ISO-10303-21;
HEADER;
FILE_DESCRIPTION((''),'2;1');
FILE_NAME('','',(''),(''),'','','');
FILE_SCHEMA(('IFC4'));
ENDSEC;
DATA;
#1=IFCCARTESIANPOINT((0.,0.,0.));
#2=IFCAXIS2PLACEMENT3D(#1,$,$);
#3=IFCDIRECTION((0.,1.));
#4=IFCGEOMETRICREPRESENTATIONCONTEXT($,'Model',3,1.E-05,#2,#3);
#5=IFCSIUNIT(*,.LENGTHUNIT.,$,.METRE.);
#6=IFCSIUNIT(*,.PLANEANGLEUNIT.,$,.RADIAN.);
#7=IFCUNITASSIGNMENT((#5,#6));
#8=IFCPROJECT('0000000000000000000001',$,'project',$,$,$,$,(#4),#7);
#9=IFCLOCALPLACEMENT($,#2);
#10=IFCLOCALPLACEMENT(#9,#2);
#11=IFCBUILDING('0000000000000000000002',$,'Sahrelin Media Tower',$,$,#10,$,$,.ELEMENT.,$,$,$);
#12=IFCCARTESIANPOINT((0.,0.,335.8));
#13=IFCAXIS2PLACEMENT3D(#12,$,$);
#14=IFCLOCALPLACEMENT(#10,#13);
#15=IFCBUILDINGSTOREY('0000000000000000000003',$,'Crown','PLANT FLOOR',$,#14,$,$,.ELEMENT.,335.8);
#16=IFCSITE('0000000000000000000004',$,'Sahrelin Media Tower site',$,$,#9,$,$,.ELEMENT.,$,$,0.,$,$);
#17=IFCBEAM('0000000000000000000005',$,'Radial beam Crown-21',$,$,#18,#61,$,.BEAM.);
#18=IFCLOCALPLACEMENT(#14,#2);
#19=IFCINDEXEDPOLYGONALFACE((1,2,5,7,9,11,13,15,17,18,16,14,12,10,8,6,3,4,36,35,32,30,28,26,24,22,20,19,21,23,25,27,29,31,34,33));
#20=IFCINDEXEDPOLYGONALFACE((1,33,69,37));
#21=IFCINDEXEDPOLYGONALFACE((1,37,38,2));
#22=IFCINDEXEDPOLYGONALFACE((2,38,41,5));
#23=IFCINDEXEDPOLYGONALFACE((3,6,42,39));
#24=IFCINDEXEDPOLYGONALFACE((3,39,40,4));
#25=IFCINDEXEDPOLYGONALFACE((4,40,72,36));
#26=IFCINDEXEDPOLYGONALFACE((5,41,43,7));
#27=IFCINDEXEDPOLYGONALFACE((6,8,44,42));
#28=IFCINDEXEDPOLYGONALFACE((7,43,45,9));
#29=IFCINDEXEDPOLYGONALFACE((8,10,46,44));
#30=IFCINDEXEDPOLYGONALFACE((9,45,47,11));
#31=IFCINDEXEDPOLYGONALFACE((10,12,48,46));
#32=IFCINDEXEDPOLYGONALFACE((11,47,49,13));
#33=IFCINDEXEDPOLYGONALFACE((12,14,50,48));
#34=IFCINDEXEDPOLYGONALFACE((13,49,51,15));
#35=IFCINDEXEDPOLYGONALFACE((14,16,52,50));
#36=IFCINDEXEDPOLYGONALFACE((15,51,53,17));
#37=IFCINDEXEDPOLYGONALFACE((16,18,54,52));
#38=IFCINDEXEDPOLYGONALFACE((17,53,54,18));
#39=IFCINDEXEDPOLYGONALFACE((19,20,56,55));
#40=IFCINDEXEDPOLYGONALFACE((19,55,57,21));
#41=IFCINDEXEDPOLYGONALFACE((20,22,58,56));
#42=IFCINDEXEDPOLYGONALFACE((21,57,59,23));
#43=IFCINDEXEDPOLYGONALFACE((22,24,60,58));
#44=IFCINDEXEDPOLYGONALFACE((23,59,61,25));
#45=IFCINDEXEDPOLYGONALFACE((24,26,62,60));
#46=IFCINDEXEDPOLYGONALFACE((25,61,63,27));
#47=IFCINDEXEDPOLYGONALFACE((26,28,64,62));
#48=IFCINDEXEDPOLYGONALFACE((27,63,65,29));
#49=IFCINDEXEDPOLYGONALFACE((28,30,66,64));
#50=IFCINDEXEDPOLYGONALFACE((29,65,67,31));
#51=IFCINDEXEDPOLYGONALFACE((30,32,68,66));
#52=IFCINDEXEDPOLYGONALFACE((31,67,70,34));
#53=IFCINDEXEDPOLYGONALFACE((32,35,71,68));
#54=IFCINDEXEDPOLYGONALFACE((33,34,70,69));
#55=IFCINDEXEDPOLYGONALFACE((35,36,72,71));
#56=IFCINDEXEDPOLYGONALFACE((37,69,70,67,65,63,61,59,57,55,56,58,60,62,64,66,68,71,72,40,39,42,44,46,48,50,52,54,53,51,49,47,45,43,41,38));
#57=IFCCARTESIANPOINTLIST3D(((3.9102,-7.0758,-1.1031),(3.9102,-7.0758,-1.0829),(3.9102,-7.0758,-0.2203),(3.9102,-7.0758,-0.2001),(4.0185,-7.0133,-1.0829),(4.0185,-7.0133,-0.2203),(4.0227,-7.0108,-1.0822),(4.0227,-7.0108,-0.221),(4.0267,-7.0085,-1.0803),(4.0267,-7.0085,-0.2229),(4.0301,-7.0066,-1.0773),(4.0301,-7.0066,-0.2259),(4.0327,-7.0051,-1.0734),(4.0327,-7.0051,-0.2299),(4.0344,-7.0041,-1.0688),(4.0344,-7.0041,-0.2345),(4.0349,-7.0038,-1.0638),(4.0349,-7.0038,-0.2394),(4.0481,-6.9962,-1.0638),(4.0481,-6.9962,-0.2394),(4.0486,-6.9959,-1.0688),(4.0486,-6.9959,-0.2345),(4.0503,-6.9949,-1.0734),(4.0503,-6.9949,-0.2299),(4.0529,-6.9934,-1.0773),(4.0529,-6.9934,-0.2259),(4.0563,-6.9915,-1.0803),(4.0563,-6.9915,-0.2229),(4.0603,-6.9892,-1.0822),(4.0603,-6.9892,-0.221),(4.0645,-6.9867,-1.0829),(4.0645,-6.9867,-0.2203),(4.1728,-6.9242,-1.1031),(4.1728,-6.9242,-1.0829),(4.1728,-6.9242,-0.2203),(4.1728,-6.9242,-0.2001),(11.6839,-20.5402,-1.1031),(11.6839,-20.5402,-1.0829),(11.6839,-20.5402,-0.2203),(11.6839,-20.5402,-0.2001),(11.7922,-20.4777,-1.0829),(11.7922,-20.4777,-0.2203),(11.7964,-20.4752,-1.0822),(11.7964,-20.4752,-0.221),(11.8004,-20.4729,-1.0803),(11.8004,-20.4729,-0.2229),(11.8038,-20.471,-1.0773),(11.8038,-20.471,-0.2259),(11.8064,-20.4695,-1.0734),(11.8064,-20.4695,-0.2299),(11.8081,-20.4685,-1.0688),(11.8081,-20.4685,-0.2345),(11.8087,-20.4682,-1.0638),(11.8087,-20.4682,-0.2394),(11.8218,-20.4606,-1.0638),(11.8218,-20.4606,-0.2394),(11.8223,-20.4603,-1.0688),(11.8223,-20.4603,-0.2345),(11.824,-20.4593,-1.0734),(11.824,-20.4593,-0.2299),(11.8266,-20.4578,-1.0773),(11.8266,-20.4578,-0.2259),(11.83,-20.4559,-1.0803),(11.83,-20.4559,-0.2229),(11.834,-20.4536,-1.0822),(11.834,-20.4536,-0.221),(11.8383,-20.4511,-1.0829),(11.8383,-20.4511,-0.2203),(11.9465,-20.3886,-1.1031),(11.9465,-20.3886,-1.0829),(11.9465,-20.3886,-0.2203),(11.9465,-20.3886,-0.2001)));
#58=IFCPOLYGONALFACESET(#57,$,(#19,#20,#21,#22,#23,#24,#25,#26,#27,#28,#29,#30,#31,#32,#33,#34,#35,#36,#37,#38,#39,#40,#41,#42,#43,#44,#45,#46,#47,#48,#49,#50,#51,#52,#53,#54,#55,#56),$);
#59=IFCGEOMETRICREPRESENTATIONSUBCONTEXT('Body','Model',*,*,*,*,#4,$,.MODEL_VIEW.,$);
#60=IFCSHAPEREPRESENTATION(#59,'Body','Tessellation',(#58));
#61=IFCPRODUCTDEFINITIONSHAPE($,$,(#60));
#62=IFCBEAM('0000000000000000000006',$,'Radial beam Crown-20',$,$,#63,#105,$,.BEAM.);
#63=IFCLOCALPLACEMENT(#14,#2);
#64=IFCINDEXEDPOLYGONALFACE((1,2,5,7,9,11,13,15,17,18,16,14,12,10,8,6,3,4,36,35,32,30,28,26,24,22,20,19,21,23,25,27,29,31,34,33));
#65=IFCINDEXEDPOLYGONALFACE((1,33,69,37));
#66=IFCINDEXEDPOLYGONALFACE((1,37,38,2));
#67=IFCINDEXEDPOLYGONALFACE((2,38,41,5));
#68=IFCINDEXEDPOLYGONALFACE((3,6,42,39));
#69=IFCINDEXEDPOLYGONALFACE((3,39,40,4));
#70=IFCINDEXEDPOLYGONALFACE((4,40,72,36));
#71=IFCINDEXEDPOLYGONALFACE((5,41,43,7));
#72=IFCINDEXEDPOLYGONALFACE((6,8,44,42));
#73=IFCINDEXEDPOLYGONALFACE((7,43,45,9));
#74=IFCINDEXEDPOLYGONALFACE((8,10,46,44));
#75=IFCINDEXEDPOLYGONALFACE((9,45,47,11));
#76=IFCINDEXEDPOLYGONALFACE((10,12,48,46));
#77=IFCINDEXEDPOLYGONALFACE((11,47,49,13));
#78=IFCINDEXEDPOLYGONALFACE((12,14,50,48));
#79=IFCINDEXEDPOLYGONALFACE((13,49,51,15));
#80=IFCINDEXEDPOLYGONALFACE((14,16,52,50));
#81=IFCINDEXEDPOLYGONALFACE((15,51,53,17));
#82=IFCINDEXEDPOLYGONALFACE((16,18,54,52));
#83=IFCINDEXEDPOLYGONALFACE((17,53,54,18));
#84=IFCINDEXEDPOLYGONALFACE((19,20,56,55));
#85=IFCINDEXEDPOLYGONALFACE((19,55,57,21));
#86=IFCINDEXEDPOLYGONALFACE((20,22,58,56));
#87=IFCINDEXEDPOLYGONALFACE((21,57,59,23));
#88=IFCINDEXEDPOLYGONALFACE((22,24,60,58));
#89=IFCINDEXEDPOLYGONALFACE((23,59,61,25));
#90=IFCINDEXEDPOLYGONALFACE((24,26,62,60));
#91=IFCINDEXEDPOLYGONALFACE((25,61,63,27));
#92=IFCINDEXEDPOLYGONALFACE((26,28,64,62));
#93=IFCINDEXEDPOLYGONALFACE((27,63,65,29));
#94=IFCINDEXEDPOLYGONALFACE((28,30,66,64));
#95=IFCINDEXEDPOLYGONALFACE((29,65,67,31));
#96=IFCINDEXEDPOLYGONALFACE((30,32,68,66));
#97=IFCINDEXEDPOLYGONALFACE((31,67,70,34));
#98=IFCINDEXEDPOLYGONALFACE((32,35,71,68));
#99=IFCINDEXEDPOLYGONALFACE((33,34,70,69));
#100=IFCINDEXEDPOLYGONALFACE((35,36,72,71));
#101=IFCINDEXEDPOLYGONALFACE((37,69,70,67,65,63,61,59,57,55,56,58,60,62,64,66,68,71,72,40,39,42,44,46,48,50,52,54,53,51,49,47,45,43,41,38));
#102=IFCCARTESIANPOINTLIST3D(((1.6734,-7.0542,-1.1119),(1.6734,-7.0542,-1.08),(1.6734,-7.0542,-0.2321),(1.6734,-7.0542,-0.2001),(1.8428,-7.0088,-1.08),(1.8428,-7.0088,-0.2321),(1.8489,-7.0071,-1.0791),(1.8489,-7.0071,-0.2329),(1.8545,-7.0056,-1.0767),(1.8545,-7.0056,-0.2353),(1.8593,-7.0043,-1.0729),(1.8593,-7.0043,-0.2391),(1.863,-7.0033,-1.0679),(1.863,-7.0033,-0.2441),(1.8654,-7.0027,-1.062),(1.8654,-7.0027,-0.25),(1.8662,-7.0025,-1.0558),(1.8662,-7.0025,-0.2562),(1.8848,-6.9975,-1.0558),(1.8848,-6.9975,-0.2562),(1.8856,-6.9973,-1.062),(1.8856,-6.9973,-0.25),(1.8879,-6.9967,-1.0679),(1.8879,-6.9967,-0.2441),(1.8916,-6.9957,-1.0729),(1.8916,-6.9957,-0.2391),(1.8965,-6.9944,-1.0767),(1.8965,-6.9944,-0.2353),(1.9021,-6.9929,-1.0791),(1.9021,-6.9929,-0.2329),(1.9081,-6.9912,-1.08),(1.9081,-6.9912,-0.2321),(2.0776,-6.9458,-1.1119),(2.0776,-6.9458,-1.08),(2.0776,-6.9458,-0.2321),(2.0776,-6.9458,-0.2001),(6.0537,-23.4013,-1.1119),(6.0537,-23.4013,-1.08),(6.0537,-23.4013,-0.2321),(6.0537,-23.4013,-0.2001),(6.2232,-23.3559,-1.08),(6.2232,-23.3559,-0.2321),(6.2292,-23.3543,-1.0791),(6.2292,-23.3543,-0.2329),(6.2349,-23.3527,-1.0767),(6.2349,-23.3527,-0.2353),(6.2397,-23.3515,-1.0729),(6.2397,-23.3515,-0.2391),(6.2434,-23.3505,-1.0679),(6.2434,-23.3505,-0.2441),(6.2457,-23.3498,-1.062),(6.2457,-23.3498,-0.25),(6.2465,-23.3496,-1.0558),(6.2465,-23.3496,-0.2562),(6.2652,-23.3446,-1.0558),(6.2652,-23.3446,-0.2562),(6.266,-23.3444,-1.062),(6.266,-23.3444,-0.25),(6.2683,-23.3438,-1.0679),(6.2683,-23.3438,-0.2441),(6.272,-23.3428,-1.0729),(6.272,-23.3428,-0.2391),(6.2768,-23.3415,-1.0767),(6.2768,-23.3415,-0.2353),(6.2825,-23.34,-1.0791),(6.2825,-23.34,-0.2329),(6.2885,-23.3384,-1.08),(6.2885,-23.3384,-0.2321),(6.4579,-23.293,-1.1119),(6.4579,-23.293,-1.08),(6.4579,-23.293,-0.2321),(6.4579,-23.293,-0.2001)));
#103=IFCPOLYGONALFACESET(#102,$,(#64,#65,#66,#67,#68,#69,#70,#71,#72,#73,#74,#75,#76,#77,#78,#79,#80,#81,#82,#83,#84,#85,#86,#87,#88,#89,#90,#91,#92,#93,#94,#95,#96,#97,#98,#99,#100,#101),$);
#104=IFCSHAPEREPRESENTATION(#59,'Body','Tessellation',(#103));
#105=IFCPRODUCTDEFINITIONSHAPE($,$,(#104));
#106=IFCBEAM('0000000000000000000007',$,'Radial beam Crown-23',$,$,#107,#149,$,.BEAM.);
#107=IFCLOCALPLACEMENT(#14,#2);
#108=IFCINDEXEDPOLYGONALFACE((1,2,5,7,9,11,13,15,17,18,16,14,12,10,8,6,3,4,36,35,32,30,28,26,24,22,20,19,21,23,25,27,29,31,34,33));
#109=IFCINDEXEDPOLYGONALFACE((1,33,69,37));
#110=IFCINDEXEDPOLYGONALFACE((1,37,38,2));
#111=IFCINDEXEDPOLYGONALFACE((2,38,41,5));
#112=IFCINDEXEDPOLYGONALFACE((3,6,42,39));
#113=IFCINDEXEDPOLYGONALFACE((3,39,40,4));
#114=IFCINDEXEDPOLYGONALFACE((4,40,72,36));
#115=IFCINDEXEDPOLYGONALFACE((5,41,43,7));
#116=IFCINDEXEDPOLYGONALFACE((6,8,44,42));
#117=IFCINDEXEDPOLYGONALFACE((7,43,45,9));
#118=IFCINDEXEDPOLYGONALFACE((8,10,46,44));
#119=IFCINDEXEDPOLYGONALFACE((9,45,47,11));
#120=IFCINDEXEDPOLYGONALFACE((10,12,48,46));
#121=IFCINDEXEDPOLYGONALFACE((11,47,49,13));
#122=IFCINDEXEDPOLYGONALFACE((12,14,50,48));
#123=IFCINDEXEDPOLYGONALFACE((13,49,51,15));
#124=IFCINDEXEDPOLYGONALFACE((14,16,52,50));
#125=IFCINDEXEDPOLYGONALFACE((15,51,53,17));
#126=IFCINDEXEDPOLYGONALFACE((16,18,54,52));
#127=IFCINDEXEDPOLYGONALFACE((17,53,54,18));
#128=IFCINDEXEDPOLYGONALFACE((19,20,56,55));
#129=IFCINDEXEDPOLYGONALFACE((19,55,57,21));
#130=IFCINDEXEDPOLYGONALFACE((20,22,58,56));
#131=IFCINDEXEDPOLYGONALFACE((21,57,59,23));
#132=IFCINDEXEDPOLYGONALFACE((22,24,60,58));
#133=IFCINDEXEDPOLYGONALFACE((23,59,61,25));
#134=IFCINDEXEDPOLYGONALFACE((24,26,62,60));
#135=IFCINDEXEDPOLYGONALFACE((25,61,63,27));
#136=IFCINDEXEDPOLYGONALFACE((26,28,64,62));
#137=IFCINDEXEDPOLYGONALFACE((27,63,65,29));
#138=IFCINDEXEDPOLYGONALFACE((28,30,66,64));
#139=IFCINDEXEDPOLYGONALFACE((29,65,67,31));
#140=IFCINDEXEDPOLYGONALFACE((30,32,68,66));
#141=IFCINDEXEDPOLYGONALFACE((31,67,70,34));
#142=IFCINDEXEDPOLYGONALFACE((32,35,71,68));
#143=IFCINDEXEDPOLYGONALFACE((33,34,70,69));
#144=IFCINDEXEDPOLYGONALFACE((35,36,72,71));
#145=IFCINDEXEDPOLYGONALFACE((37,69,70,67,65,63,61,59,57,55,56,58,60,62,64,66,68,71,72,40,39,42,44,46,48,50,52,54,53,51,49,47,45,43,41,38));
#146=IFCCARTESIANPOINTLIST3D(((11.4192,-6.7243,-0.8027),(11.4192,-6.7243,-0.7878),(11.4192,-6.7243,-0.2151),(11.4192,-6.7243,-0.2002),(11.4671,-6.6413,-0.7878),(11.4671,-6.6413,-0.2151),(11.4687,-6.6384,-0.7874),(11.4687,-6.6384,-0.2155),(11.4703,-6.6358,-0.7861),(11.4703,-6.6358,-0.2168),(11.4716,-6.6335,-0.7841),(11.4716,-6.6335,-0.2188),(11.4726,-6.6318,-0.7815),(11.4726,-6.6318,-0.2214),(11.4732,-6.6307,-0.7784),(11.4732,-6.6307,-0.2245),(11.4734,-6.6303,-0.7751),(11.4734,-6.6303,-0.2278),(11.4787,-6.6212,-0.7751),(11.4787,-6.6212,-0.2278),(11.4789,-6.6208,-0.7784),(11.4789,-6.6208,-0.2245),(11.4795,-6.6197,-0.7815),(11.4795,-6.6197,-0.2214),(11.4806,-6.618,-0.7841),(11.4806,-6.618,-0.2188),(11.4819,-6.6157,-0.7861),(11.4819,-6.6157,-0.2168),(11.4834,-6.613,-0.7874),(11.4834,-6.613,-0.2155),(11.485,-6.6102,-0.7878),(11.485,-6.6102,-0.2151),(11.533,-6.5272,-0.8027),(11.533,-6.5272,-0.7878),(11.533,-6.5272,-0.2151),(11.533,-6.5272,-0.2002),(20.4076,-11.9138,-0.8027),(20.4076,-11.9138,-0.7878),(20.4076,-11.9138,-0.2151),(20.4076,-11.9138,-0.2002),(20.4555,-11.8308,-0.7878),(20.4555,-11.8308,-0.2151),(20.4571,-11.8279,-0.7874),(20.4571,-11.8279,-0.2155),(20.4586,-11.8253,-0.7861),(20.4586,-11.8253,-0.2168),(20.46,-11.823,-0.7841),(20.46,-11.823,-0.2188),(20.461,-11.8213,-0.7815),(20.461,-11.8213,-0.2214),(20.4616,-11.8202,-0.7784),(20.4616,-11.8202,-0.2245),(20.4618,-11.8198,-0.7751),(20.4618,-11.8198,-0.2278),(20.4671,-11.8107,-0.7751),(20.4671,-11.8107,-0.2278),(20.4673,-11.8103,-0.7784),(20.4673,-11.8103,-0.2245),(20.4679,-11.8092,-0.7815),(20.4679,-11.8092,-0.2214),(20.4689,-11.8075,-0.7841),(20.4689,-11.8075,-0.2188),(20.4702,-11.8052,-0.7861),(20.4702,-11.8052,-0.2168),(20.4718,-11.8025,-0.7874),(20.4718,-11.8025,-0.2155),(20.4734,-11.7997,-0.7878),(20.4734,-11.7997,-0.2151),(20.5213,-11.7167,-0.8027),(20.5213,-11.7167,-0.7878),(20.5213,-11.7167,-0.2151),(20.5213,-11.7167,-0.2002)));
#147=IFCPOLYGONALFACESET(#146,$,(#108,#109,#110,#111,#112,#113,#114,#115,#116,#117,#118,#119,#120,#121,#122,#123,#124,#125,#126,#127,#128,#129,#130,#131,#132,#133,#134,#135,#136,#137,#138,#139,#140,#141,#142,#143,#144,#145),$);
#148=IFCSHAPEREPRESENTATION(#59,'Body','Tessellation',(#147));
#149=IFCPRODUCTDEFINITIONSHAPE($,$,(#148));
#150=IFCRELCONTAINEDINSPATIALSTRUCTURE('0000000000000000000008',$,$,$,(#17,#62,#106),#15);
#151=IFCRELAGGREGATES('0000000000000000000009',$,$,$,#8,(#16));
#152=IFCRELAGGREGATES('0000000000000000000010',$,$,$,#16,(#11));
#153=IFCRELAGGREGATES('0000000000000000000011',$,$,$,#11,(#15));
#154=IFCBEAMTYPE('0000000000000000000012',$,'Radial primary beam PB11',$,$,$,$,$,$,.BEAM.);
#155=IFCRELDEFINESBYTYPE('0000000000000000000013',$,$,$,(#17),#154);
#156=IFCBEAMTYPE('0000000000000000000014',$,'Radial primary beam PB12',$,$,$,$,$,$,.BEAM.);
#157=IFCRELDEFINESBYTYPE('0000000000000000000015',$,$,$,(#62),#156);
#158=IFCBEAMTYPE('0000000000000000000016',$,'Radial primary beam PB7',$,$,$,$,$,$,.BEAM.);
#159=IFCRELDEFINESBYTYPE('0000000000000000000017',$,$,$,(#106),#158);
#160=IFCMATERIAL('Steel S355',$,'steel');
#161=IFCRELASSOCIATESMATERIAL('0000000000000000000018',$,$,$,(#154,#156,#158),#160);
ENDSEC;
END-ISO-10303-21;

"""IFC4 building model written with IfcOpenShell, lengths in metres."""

from ifc_helpers import new_model, si_unit, direction, frame, origin, origin_2d, place, context, subcontext, project, spatial, i_section, extrude, material, material_profile, profile_set, type_object, element, save


model = new_model("IFC4")

# Units and contexts
model_context = context("Model", 3, precision=1e-05, world=origin(), true_north=direction((0.0, 1.0)))
body_context = subcontext(model_context, "Body", "Model", "MODEL_VIEW")
ifc_project = project(units=[si_unit("LENGTHUNIT", "METRE"), si_unit("PLANEANGLEUNIT", "RADIAN")], contexts=[model_context])

# Site, building, storey
site_placement = place(None, origin())
site = spatial("IfcSite", under=ifc_project, at=site_placement, Name="Sahrelin Media Tower site", CompositionType="ELEMENT", RefElevation=0.0)
building_placement = place(site_placement, origin())
building = spatial("IfcBuilding", under=site, at=building_placement, Name="Sahrelin Media Tower", CompositionType="ELEMENT")
storey_placement = place(building_placement, frame((0.0, 0.0, 335.8)))
storey = spatial("IfcBuildingStorey", under=building, at=storey_placement, Name="Crown", Description="PLANT FLOOR", CompositionType="ELEMENT", Elevation=335.8)

# Beams
ifc_material_1 = material(Name="Steel S355", Category="steel")
ifc_material_profile_1 = material_profile(ifc_material_1, i_section(OverallWidth=0.3032, OverallDepth=0.9031, WebThickness=0.0151, FlangeThickness=0.0203, FilletRadius=0.019, at=origin_2d()), Name="UB 914x305x201")
ifc_profile_set_1 = profile_set([ifc_material_profile_1], Name="Steel S355")
beam_type_1 = type_object("IfcBeamType", Name="Radial primary beam PB11", PredefinedType="BEAM", material=ifc_profile_set_1)
beam_1_placement = place(storey_placement, frame((4.0415, -7.0, -0.6516), z_axis=(0.500002, -0.866025, 0.0), x_axis=(0.866025, 0.500002, 0.0)))
element("IfcBeam", 1, at=beam_1_placement, inside=storey, type_object=beam_type_1, Name="Radial beam Crown-21", PredefinedType="BEAM", context=body_context, shape_type="SweptSolid", body=[
    extrude(i_section(OverallWidth=0.3032, OverallDepth=0.9031, WebThickness=0.0151, FlangeThickness=0.0203, FilletRadius=0.019, at=origin_2d()), origin(), (0.0, 0.0, 1.0), 15.5474),
])
ifc_material_profile_2 = material_profile(ifc_material_1, i_section(OverallWidth=0.4185, OverallDepth=0.9119, WebThickness=0.0193, FlangeThickness=0.032, FilletRadius=0.0242, at=origin_2d()), Name="UB 914x419x343")
ifc_profile_set_2 = profile_set([ifc_material_profile_2], Name="Steel S355")
beam_type_2 = type_object("IfcBeamType", Name="Radial primary beam PB12", PredefinedType="BEAM", material=ifc_profile_set_2)
beam_2_placement = place(storey_placement, frame((1.8755, -7.0, -0.656), z_axis=(0.258828, -0.965923, 0.0), x_axis=(0.965923, 0.258828, 0.0)))
element("IfcBeam", 2, at=beam_2_placement, inside=storey, type_object=beam_type_2, Name="Radial beam Crown-20", PredefinedType="BEAM", context=body_context, shape_type="SweptSolid", body=[
    extrude(i_section(OverallWidth=0.4185, OverallDepth=0.9119, WebThickness=0.0193, FlangeThickness=0.032, FilletRadius=0.0242, at=origin_2d()), origin(), (0.0, 0.0, 1.0), 16.9238),
])
ifc_material_profile_3 = material_profile(ifc_material_1, i_section(OverallWidth=0.2275, OverallDepth=0.6025, WebThickness=0.0105, FlangeThickness=0.0149, FilletRadius=0.0127, at=origin_2d()), Name="UB 610x229x101")
ifc_profile_set_3 = profile_set([ifc_material_profile_3], Name="Steel S355")
beam_type_3 = type_object("IfcBeamType", Name="Radial primary beam PB7", PredefinedType="BEAM", material=ifc_profile_set_3)
beam_3_placement = place(storey_placement, frame((11.4761, -6.6257, -0.5015), z_axis=(0.866023, -0.500005, 0.0), x_axis=(0.500005, 0.866023, 0.0)))
element("IfcBeam", 3, at=beam_3_placement, inside=storey, type_object=beam_type_3, Name="Radial beam Crown-23", PredefinedType="BEAM", context=body_context, shape_type="SweptSolid", body=[
    extrude(i_section(OverallWidth=0.2275, OverallDepth=0.6025, WebThickness=0.0105, FlangeThickness=0.0149, FilletRadius=0.0127, at=origin_2d()), origin(), (0.0, 0.0, 1.0), 10.3789),
])

save(model, "model.ifc")
